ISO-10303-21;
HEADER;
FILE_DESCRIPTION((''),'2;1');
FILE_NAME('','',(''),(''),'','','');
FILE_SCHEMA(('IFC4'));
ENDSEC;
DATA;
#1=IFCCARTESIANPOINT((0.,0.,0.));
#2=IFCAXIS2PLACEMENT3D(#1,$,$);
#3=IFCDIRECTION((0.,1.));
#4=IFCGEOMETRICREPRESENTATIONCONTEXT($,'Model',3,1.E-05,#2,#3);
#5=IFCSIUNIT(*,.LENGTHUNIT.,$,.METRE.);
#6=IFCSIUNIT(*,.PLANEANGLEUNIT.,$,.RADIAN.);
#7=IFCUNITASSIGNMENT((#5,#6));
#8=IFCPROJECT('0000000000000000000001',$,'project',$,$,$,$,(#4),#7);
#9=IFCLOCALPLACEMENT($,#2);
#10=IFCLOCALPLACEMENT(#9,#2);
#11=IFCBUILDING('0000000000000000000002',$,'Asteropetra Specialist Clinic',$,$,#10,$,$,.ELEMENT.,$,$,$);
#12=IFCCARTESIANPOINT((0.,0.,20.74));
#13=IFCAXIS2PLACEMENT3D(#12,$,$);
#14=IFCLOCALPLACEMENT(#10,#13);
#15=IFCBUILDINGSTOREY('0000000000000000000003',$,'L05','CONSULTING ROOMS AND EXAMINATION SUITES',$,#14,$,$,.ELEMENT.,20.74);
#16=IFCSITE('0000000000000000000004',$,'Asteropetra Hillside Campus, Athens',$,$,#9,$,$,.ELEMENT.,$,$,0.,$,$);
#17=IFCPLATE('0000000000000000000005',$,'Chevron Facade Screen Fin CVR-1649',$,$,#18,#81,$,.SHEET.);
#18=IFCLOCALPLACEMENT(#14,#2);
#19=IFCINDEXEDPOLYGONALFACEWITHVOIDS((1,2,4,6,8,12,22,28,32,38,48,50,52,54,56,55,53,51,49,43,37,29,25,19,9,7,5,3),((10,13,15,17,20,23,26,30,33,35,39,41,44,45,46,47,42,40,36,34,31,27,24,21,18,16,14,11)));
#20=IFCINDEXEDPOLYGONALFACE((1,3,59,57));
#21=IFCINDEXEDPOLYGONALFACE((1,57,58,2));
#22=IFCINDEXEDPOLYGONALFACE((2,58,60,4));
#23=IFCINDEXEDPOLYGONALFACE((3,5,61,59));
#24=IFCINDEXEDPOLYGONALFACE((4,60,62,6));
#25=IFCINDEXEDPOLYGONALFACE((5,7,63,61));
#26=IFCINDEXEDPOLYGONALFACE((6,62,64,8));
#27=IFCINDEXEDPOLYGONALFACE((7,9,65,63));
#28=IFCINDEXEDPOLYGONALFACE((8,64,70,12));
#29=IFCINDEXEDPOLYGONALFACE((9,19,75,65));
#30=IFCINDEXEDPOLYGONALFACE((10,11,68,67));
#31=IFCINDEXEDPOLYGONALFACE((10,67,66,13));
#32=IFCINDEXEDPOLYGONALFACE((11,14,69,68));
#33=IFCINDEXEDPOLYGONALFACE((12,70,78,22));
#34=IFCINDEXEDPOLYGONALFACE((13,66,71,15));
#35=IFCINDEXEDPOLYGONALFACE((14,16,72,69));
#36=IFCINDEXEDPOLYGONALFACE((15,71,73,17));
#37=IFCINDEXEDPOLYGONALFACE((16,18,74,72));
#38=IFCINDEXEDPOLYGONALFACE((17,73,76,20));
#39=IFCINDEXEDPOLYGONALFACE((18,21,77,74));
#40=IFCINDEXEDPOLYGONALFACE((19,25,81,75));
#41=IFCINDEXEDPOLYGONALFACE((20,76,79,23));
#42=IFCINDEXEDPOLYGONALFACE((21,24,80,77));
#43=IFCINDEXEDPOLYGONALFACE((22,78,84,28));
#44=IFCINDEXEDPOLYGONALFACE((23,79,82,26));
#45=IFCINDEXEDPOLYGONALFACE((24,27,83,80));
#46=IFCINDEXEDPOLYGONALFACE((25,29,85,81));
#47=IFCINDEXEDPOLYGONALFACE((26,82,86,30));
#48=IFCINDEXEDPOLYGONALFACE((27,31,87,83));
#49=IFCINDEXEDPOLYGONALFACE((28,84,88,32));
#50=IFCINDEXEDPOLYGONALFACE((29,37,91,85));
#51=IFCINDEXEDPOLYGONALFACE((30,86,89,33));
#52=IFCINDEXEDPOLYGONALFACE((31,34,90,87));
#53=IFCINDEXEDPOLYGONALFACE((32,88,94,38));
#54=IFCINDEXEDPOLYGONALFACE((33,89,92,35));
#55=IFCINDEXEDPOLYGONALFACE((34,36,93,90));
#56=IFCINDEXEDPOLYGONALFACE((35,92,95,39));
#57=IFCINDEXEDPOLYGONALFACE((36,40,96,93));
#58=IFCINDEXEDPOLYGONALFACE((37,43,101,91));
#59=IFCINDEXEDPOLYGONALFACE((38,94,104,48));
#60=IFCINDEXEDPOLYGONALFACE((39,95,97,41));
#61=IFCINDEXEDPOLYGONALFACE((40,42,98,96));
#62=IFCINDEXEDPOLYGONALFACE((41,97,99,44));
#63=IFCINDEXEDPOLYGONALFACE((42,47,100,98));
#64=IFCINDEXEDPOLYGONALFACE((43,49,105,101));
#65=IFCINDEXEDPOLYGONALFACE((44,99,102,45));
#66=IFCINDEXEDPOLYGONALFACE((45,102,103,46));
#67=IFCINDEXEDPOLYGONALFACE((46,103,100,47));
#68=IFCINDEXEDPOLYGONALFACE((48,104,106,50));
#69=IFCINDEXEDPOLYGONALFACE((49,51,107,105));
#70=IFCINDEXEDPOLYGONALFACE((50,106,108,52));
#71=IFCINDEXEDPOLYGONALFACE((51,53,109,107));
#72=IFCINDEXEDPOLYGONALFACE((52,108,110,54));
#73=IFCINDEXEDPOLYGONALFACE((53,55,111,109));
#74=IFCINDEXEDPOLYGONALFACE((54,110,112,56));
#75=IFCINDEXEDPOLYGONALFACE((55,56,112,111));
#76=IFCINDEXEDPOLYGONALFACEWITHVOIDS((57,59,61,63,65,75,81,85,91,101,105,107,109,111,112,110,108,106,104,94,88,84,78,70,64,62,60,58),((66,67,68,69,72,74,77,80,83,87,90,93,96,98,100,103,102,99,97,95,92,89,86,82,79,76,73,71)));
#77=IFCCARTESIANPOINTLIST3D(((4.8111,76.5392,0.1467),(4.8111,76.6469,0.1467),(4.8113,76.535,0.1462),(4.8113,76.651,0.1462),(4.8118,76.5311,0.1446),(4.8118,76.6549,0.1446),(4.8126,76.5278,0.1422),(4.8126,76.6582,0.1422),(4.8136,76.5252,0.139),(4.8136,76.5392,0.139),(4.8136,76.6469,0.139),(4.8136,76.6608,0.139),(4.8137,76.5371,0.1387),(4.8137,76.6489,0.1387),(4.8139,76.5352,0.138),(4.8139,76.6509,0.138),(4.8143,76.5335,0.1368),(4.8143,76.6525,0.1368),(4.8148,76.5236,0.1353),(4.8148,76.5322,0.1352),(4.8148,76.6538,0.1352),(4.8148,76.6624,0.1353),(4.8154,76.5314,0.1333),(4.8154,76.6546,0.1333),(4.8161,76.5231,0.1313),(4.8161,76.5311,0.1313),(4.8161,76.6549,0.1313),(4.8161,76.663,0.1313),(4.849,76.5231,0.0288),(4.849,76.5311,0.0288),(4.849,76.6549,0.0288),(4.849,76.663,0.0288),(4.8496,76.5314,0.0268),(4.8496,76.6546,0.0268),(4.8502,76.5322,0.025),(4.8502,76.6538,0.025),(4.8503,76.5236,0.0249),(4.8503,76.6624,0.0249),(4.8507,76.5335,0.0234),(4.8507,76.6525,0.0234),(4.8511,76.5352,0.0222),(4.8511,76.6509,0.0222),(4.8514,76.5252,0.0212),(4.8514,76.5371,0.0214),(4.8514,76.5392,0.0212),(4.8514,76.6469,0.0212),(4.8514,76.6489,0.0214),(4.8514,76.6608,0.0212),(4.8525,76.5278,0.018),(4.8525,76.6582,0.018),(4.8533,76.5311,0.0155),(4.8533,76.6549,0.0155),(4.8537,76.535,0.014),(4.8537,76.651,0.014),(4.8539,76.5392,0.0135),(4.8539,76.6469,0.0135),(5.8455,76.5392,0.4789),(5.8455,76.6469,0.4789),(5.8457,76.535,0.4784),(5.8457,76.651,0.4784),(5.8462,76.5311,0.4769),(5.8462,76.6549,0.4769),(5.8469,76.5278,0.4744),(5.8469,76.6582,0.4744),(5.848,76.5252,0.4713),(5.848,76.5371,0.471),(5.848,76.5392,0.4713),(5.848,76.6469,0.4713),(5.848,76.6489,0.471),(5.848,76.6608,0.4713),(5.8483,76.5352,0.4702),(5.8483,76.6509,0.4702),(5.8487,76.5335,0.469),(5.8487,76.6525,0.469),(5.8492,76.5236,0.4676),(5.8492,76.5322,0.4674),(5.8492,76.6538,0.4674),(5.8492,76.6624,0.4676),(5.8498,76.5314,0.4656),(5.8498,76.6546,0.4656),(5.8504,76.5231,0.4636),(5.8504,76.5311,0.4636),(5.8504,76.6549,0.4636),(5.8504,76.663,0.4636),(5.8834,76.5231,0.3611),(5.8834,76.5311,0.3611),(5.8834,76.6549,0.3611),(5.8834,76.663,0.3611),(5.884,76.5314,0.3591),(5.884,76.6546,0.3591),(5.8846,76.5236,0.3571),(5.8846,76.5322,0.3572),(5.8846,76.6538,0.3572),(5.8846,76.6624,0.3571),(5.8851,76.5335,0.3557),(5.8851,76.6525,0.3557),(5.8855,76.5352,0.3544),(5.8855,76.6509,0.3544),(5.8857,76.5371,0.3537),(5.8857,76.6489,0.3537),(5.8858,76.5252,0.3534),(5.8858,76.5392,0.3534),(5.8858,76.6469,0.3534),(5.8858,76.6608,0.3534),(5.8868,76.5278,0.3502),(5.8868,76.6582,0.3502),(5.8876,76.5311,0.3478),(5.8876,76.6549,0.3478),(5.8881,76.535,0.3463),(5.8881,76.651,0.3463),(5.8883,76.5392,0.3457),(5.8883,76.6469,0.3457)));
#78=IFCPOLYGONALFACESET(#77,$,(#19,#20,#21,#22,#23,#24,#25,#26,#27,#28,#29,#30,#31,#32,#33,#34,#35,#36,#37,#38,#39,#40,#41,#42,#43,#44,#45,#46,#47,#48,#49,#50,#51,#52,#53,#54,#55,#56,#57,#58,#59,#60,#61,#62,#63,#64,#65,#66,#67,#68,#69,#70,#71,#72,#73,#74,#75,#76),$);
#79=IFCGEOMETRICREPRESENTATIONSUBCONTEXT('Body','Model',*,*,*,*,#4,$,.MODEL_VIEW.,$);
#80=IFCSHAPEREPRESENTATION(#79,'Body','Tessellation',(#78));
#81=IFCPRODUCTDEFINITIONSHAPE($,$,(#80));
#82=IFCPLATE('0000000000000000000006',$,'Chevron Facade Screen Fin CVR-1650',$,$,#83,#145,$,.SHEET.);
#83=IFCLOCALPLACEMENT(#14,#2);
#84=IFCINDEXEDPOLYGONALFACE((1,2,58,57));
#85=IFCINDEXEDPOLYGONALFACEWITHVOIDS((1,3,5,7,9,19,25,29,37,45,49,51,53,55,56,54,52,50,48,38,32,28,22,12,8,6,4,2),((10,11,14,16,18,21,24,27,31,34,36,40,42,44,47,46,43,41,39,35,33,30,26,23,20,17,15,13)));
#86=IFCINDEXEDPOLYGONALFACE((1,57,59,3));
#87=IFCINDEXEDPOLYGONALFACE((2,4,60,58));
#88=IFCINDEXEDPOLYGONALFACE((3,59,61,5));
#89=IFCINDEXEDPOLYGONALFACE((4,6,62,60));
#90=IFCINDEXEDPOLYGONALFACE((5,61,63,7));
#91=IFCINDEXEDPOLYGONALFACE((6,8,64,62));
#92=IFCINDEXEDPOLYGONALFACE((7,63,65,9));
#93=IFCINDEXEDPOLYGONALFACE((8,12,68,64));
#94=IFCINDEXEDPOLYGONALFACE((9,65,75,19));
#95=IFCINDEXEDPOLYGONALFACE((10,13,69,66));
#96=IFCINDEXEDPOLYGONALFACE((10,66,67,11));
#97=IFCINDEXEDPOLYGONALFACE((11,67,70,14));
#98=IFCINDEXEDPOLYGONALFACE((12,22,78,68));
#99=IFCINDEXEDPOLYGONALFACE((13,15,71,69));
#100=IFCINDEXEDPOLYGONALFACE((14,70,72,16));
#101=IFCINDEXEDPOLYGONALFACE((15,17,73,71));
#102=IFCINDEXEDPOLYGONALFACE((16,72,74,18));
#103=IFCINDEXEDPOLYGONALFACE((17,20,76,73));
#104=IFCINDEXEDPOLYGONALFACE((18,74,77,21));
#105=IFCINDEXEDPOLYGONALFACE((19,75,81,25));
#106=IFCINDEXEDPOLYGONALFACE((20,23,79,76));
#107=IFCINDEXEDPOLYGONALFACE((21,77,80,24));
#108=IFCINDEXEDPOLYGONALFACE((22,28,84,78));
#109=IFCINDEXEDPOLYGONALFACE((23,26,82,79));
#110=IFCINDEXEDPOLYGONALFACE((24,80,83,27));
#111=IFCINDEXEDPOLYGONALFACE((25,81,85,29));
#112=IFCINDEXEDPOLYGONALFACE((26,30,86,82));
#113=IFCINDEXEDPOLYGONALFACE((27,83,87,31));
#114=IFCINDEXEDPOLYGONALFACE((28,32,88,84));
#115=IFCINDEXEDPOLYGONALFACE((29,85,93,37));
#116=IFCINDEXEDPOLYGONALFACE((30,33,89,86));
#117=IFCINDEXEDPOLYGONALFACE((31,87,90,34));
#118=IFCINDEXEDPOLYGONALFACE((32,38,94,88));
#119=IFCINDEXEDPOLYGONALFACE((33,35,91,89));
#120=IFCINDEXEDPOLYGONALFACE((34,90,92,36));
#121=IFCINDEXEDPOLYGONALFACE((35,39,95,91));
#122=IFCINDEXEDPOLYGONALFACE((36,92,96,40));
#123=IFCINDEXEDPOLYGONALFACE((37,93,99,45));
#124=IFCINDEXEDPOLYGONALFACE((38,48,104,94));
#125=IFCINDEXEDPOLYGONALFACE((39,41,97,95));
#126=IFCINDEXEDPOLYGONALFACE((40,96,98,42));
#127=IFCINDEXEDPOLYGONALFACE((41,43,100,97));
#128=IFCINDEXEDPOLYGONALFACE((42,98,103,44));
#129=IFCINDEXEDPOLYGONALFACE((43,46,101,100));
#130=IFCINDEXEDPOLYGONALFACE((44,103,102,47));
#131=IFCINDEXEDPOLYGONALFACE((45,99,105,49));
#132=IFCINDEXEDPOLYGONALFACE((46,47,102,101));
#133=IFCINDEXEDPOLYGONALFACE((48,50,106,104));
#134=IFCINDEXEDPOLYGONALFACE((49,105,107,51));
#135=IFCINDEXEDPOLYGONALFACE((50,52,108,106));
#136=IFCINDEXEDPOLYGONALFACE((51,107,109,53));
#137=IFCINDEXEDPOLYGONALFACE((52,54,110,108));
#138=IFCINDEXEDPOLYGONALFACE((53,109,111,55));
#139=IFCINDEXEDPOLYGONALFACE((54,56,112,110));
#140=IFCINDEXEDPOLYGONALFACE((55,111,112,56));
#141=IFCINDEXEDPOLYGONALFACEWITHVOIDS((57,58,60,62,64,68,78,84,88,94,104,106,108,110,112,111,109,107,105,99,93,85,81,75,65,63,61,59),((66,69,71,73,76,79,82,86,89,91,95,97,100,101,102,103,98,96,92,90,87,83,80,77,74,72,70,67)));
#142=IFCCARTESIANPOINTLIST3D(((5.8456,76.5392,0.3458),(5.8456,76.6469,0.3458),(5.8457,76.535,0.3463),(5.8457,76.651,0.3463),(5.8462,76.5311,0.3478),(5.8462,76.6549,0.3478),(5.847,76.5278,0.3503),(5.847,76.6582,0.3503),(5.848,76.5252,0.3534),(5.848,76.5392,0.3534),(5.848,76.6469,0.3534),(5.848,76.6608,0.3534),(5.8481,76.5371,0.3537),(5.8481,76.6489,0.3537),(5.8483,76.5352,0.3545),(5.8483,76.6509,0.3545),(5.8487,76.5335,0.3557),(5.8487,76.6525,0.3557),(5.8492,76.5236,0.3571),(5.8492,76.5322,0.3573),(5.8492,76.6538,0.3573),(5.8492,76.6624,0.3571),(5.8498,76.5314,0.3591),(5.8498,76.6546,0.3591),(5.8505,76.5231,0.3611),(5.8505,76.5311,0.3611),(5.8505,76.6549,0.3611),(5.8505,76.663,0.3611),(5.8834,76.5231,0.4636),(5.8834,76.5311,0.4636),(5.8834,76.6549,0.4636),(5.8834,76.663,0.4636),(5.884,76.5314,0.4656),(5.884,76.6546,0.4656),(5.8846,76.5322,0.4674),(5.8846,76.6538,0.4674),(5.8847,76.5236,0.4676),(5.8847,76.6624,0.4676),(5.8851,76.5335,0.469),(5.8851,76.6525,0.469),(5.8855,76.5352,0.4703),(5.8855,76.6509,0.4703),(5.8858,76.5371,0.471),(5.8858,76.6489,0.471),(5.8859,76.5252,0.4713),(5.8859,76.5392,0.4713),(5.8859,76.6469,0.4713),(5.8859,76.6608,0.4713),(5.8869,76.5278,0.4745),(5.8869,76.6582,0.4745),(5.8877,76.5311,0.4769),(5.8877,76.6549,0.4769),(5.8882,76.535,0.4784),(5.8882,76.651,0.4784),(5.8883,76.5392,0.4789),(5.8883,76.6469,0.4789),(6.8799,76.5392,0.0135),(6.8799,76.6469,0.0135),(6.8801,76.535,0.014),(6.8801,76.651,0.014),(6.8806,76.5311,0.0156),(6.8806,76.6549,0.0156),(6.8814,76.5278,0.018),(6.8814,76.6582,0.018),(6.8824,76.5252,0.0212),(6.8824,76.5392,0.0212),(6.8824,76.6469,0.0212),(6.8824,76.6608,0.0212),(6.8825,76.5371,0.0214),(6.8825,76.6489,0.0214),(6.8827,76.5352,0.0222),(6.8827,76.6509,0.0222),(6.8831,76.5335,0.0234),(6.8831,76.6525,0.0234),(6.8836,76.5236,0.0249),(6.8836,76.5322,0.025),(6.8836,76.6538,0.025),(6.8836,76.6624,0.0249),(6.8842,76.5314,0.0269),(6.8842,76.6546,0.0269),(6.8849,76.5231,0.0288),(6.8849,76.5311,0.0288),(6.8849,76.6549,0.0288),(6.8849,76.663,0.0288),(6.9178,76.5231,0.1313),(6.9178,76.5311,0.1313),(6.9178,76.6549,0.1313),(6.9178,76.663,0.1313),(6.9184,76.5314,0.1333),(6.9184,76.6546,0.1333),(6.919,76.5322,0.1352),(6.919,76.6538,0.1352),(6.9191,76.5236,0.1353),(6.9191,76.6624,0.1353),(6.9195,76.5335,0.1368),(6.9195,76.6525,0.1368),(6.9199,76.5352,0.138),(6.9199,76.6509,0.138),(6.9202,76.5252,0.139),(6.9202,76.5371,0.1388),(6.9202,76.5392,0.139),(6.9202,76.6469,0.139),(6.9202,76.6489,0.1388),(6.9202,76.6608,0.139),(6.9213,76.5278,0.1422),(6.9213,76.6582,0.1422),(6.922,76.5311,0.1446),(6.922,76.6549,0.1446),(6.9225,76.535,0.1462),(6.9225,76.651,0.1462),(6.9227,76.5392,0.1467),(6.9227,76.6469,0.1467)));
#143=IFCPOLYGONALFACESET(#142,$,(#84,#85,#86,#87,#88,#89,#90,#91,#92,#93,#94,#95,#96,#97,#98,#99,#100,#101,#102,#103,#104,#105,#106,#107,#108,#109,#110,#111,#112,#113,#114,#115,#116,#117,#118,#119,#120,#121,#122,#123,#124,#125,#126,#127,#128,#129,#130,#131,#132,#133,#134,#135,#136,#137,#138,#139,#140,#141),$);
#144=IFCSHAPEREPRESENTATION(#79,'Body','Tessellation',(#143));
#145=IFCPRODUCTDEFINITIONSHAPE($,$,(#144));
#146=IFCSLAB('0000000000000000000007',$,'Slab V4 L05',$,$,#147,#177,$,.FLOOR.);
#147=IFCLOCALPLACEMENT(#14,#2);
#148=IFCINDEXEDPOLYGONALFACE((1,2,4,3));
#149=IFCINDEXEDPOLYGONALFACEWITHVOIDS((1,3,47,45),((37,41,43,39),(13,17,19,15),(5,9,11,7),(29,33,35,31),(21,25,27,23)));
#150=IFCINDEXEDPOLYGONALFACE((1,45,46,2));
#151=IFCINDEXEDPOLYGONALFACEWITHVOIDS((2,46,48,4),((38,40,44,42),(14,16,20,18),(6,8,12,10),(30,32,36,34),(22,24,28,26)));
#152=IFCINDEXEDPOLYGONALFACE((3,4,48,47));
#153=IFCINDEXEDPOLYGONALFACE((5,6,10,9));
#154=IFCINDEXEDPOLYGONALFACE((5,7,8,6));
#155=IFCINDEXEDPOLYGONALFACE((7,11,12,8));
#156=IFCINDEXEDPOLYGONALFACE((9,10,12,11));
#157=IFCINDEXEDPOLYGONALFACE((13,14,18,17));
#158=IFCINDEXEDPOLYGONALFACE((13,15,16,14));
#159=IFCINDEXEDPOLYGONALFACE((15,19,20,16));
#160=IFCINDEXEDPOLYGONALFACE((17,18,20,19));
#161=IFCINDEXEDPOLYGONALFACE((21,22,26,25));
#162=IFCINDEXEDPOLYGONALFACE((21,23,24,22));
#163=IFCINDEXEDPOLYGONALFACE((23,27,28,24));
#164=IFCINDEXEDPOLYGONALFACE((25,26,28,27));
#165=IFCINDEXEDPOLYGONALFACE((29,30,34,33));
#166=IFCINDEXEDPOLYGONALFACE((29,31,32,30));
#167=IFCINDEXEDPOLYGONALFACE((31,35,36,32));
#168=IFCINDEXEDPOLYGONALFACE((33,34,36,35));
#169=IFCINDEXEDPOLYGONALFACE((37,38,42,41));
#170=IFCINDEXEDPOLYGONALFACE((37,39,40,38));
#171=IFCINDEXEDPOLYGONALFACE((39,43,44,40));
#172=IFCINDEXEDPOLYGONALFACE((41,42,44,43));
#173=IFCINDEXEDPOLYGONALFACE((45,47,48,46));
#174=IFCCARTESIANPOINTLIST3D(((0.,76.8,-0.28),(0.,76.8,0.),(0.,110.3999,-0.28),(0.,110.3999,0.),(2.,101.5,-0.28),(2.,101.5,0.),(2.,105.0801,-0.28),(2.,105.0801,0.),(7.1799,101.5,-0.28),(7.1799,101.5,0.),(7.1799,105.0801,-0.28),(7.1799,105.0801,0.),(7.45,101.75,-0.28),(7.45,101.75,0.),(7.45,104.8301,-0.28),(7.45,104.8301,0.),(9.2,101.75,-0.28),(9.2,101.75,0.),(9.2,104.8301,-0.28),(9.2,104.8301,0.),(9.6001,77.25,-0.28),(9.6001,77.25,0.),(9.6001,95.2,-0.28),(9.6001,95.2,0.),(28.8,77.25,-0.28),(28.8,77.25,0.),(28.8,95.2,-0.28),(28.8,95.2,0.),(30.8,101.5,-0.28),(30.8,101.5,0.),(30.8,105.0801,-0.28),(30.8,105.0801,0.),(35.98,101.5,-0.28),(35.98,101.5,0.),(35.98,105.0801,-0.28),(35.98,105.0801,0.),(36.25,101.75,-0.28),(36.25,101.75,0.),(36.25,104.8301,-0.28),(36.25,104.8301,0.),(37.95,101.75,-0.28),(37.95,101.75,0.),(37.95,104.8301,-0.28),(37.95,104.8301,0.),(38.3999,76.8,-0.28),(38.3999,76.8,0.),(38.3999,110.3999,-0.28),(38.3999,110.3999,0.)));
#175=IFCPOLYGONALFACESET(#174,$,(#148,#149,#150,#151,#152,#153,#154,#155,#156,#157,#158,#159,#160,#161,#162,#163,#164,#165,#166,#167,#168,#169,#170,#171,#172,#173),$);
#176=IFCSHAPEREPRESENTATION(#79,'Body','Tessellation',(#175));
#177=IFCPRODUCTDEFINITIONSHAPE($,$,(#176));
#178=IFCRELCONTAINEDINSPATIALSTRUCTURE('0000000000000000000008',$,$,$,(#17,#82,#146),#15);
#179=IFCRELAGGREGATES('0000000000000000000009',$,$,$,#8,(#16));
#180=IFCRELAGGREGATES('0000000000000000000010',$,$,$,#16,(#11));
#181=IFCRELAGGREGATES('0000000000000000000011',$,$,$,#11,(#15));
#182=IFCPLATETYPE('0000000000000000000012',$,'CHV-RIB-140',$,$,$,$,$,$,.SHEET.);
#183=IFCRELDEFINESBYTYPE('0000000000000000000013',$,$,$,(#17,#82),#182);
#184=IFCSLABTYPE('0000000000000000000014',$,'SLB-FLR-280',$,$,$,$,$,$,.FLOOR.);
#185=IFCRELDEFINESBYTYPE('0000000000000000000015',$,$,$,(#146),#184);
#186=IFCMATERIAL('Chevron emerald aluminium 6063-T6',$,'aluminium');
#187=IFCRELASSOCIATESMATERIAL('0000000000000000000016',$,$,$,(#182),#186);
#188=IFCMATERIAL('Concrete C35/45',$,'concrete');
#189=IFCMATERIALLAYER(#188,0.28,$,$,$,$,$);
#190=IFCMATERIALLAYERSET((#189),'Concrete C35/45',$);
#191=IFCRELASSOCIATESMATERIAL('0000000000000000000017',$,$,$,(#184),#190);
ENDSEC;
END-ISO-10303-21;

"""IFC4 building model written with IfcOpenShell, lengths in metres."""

from ifc_helpers import new_model, si_unit, direction, frame, origin, origin_2d, place, context, subcontext, project, spatial, polyline, hollow_rectangle, outline, extrude, material, layer, layer_set, material_profile, profile_set, type_object, element, save


model = new_model("IFC4")

# Units and contexts
model_context = context("Model", 3, precision=1e-05, world=origin(), true_north=direction((0.0, 1.0)))
body_context = subcontext(model_context, "Body", "Model", "MODEL_VIEW")
ifc_project = project(units=[si_unit("LENGTHUNIT", "METRE"), si_unit("PLANEANGLEUNIT", "RADIAN")], contexts=[model_context])

# Site, building, storey
site_placement = place(None, origin())
site = spatial("IfcSite", under=ifc_project, at=site_placement, Name="Asteropetra Hillside Campus, Athens", CompositionType="ELEMENT", RefElevation=0.0)
building_placement = place(site_placement, origin())
building = spatial("IfcBuilding", under=site, at=building_placement, Name="Asteropetra Specialist Clinic", CompositionType="ELEMENT")
storey_placement = place(building_placement, frame((0.0, 0.0, 20.74)))
storey = spatial("IfcBuildingStorey", under=building, at=storey_placement, Name="L05", Description="CONSULTING ROOMS AND EXAMINATION SUITES", CompositionType="ELEMENT", Elevation=20.74)

# Plates
ifc_material_1 = material(Name="Chevron emerald aluminium 6063-T6", Category="aluminium")
ifc_material_profile = material_profile(ifc_material_1, hollow_rectangle(XDim=0.1399, YDim=0.1399, WallThickness=0.0081, InnerFilletRadius=0.0081, OuterFilletRadius=0.0161, at=origin_2d()), Name="SHS 140x140x8.0")
ifc_profile_set = profile_set([ifc_material_profile], Name="Chevron emerald aluminium 6063-T6")
plate_type = type_object("IfcPlateType", Name="CHV-RIB-140", PredefinedType="SHEET", material=ifc_profile_set)
for number, where, z_axis, x_axis, name in (
    (1, (4.8325, 76.593, 0.0801), (0.952087, 0.0, 0.305827), (0.0, 1.0, 0.0), "Chevron Facade Screen Fin CVR-1649"),
    (2, (5.8669, 76.593, 0.4124), (0.952087, 0.0, -0.305827), (0.0, 1.0, 0.0), "Chevron Facade Screen Fin CVR-1650"),
):
    element("IfcPlate", number, at=place(storey_placement, frame(where, z_axis=z_axis, x_axis=x_axis)), inside=storey, type_object=plate_type, Name=name, PredefinedType="SHEET", context=body_context, shape_type="SweptSolid", body=[
        extrude(hollow_rectangle(XDim=0.1399, YDim=0.1399, WallThickness=0.0081, InnerFilletRadius=0.0081, OuterFilletRadius=0.0161, at=origin_2d()), origin(), (0.0, 0.0, 1.0), 1.0864),
    ])

# Slab
ifc_material_2 = material(Name="Concrete C35/45", Category="concrete")
ifc_layer_1 = layer(ifc_material_2, 0.28)
ifc_layer_set_1 = layer_set([ifc_layer_1], Name="Concrete C35/45")
slab_type_1 = type_object("IfcSlabType", Name="SLB-FLR-280", PredefinedType="FLOOR", material=ifc_layer_set_1)
slab_1_placement = place(storey_placement, frame((0.0, 0.0, -0.28)))
element("IfcSlab", 3, at=slab_1_placement, inside=storey, type_object=slab_type_1, Name="Slab V4 L05", PredefinedType="FLOOR", context=body_context, shape_type="SweptSolid", body=[
    extrude(outline(polyline([(0.0, 76.8), (38.3999, 76.8), (38.3999, 110.3999), (0.0, 110.3999), (0.0, 76.8)]), holes=[polyline([(9.6001, 77.25), (28.8, 77.25), (28.8, 95.2), (9.6001, 95.2), (9.6001, 77.25)]), polyline([(2.0, 101.5), (7.1799, 101.5), (7.1799, 105.0801), (2.0, 105.0801), (2.0, 101.5)]), polyline([(7.45, 101.75), (9.2, 101.75), (9.2, 104.8301), (7.45, 104.8301), (7.45, 101.75)]), polyline([(30.8, 101.5), (35.98, 101.5), (35.98, 105.0801), (30.8, 105.0801), (30.8, 101.5)]), polyline([(36.25, 101.75), (37.95, 101.75), (37.95, 104.8301), (36.25, 104.8301), (36.25, 101.75)])]), origin(), (0.0, 0.0, 1.0), 0.28),
])

save(model, "model.ifc")
